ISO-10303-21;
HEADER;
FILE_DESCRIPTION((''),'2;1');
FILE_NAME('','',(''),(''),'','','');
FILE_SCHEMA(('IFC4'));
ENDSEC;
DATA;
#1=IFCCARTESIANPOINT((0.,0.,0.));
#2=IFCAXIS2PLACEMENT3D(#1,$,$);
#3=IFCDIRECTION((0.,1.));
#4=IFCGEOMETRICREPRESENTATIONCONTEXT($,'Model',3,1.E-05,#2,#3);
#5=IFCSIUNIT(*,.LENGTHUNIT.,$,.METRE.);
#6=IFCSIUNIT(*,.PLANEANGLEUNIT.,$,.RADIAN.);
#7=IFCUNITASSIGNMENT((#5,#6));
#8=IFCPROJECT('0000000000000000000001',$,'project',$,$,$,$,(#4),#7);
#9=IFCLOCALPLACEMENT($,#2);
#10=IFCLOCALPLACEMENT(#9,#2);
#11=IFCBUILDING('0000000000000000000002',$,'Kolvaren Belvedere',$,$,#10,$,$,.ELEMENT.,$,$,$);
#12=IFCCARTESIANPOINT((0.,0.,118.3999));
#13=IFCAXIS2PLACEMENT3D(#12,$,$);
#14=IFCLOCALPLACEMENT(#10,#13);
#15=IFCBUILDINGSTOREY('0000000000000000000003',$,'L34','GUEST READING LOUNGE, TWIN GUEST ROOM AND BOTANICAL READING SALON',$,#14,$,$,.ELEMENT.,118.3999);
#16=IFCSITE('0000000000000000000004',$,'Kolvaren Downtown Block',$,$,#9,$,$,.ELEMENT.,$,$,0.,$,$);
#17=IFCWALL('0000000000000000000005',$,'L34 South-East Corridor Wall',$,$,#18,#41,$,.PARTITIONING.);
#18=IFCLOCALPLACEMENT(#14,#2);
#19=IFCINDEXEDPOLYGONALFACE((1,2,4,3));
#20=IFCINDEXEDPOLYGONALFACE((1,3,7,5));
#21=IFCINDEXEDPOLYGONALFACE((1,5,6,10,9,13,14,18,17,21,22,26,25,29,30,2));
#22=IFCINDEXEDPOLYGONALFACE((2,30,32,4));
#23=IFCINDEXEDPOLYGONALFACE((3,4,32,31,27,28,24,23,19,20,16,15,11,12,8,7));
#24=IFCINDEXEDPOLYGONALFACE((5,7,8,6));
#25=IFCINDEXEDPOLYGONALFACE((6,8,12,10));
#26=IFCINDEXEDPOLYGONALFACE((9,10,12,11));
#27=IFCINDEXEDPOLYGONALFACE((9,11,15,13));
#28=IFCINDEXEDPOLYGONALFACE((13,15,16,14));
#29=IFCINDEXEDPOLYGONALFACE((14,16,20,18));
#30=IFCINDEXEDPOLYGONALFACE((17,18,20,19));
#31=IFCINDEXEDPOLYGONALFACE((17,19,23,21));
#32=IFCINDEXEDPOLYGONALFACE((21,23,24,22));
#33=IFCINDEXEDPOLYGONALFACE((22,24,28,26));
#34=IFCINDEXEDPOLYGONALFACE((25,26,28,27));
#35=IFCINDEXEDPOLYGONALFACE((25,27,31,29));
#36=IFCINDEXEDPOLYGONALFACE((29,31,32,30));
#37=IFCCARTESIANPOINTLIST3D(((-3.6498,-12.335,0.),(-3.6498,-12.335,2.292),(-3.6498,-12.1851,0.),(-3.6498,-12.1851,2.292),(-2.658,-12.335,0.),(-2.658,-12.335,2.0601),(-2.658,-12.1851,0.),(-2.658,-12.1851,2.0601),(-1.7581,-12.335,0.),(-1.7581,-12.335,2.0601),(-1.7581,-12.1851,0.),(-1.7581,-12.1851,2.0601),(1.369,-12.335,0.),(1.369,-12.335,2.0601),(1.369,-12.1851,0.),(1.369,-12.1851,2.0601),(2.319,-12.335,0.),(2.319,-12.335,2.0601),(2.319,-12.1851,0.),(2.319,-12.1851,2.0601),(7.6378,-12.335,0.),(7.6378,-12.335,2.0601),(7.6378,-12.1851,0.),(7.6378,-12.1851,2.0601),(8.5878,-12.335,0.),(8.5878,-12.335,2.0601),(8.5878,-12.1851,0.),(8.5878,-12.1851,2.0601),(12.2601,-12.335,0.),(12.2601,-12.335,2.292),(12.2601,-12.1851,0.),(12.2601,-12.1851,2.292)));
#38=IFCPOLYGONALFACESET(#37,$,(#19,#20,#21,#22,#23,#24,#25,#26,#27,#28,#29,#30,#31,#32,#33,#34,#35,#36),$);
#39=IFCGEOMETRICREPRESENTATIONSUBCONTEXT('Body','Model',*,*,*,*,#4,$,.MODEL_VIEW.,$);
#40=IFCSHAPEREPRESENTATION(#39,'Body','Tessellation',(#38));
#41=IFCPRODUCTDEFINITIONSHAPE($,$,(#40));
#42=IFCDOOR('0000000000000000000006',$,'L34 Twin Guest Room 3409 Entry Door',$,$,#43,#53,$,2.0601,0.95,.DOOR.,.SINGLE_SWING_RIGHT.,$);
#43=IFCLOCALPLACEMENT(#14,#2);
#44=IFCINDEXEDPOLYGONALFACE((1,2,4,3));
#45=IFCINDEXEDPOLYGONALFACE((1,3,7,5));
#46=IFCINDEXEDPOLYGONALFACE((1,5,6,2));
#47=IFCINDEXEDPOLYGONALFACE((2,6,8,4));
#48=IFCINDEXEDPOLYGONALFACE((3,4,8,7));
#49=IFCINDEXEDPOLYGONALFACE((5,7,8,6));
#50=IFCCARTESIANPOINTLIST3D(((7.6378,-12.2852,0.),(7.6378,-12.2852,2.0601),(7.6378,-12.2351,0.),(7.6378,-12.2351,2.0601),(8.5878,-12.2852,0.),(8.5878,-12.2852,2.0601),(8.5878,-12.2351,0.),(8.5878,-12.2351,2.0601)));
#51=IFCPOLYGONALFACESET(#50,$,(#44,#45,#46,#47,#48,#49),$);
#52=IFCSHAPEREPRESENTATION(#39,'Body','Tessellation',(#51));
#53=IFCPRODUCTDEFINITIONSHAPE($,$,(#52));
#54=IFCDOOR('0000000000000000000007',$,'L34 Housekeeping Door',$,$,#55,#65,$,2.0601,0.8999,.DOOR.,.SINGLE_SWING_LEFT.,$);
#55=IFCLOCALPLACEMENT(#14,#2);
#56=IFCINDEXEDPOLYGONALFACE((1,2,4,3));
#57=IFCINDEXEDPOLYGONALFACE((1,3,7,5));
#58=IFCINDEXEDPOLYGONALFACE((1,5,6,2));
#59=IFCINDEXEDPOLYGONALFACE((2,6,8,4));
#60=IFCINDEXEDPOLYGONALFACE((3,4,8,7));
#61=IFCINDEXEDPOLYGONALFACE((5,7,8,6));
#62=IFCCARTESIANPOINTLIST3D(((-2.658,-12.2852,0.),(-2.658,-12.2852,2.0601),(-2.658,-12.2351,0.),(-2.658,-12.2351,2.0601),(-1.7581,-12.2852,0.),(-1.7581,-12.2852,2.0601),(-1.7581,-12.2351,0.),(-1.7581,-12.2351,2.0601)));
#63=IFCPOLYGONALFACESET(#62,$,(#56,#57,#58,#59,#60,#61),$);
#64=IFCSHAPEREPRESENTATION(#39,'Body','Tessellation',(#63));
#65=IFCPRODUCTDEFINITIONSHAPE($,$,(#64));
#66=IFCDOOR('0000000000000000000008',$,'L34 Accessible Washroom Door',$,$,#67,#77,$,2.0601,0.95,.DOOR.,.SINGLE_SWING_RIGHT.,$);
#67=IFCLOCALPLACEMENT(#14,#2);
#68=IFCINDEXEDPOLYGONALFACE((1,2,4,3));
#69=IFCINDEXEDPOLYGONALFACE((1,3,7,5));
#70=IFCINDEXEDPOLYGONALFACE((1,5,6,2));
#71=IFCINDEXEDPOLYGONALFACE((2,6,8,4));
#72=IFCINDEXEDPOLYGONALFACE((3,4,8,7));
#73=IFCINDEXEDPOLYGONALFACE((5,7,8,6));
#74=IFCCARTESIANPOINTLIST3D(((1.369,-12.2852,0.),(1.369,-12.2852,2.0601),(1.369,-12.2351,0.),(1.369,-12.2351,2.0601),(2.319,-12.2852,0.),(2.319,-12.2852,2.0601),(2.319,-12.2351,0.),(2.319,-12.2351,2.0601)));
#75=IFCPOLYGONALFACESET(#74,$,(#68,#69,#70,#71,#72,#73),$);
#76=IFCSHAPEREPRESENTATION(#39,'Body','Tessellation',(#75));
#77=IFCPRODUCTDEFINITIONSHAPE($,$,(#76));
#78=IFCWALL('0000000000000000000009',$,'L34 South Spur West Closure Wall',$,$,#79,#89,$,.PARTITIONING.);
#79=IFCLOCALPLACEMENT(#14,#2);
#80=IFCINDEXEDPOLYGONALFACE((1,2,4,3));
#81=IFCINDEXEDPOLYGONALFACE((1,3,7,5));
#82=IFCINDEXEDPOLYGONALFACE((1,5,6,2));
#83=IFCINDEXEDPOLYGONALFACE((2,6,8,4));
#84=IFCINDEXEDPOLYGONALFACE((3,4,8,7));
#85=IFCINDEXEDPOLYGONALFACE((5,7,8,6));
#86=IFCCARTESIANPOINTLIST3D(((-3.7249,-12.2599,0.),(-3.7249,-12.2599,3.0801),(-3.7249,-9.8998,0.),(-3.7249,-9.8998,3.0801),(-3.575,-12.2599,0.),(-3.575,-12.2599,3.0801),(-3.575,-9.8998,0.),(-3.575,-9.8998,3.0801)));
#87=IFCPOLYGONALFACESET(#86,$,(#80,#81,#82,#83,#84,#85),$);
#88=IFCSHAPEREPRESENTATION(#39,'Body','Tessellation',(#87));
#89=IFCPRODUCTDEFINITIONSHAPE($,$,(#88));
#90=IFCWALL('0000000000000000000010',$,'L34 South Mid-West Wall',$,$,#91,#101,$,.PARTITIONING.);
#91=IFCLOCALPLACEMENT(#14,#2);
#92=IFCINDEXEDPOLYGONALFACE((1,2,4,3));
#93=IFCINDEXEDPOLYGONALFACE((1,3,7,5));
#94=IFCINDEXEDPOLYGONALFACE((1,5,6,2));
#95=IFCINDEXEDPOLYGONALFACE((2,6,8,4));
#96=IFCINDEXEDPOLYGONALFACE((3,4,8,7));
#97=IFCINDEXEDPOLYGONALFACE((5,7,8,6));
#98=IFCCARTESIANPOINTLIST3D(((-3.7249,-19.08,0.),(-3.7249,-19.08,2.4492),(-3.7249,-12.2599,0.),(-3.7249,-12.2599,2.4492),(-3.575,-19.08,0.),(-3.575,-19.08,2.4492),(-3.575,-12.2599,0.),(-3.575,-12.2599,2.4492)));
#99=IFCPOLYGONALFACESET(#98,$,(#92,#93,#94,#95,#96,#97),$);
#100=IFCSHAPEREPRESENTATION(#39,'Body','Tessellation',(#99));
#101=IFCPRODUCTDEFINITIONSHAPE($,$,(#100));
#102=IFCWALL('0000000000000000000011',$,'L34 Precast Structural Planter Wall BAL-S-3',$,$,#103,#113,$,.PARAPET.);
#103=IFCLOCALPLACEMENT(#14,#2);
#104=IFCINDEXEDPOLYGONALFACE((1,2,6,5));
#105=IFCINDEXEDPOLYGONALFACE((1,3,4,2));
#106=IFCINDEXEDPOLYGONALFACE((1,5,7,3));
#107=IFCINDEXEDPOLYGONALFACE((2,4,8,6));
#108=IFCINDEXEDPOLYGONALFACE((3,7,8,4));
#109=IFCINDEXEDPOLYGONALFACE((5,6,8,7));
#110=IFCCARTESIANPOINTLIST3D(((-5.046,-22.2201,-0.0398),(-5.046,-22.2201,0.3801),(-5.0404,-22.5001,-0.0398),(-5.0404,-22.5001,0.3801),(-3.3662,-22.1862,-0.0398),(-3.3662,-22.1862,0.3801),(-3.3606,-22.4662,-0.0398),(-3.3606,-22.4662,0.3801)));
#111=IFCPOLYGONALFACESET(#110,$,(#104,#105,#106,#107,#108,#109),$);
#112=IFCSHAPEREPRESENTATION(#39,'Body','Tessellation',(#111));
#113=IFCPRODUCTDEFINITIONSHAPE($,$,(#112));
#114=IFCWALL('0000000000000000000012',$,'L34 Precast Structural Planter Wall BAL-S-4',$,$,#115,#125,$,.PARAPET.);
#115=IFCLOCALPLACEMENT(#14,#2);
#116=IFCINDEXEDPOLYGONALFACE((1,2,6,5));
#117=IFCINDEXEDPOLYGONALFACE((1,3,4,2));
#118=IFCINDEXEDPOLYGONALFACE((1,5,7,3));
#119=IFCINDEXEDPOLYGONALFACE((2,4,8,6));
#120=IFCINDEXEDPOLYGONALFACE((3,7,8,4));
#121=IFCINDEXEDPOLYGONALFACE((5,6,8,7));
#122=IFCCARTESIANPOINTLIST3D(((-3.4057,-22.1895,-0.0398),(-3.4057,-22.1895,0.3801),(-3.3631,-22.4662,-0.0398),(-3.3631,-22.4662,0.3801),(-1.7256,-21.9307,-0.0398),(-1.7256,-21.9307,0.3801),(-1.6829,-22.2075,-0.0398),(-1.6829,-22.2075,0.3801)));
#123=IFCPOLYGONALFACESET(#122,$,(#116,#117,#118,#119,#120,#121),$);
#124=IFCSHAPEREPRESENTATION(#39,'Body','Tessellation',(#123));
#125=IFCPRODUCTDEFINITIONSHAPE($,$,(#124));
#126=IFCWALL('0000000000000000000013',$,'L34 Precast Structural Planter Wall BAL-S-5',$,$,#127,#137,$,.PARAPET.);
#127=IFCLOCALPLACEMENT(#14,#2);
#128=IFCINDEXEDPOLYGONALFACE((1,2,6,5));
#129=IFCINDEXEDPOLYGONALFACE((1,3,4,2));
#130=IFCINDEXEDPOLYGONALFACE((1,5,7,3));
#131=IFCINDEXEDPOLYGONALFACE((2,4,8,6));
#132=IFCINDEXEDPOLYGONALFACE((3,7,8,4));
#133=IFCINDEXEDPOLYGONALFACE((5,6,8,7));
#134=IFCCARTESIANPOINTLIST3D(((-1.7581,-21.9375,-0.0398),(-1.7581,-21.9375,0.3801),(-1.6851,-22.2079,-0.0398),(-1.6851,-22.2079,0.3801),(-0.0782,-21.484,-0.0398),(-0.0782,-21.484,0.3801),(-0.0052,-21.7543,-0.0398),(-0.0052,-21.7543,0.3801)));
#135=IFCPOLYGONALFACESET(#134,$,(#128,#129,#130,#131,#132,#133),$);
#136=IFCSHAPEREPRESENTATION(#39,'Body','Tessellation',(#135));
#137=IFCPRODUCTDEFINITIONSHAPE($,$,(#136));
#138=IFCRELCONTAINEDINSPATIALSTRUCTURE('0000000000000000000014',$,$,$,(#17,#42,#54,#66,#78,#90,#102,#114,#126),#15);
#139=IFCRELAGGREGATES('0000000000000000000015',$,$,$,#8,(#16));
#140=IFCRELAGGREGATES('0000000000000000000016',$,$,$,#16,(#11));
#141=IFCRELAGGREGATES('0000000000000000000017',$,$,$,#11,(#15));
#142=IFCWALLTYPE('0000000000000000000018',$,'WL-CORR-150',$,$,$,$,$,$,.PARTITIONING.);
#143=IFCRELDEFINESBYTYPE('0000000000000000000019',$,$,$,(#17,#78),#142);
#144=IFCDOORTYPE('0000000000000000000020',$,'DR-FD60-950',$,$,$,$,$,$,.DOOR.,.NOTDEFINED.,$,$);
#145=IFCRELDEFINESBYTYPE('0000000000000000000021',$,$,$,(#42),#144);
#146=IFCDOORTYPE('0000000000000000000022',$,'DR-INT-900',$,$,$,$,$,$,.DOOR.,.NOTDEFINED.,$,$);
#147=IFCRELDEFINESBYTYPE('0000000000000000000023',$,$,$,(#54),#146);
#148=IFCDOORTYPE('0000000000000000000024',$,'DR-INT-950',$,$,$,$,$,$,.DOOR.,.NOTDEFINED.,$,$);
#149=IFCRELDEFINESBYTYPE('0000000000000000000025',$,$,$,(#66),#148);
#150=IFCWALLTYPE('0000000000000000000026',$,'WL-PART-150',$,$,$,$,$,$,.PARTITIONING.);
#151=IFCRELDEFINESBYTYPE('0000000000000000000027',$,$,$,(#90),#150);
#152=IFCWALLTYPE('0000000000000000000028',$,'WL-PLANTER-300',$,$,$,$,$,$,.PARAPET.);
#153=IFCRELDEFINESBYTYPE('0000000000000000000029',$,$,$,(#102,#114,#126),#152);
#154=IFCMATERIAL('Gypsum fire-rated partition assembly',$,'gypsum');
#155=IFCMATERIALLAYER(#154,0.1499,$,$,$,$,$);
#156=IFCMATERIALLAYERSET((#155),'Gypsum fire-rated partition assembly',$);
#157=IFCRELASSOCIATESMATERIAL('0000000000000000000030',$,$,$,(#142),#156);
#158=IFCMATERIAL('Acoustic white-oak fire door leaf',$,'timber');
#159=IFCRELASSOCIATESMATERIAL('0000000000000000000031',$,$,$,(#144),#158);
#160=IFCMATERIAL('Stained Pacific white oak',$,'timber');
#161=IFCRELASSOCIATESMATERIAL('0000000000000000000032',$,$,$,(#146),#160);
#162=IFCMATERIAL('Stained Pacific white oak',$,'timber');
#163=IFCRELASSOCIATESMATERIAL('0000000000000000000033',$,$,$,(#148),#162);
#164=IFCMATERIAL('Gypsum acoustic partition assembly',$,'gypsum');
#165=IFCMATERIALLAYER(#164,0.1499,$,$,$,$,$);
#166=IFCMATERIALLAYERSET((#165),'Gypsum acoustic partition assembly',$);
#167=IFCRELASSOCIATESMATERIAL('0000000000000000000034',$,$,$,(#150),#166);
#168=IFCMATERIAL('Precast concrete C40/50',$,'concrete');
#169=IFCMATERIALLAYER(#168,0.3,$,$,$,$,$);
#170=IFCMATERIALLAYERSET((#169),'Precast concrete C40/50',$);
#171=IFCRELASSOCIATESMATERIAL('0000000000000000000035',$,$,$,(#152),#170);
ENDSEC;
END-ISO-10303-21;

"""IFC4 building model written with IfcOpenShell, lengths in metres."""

from ifc_helpers import new_model, si_unit, direction, frame, frame_2d, origin, place, context, subcontext, project, spatial, rectangle, extrude, material, layer, layer_set, type_object, element, fill, save


model = new_model("IFC4")

# Units and contexts
model_context = context("Model", 3, precision=1e-05, world=origin(), true_north=direction((0.0, 1.0)))
body_context = subcontext(model_context, "Body", "Model", "MODEL_VIEW")
ifc_project = project(units=[si_unit("LENGTHUNIT", "METRE"), si_unit("PLANEANGLEUNIT", "RADIAN")], contexts=[model_context])

# Site, building, storey
site_placement = place(None, origin())
site = spatial("IfcSite", under=ifc_project, at=site_placement, Name="Kolvaren Downtown Block", CompositionType="ELEMENT", RefElevation=0.0)
building_placement = place(site_placement, origin())
building = spatial("IfcBuilding", under=site, at=building_placement, Name="Kolvaren Belvedere", CompositionType="ELEMENT")
storey_placement = place(building_placement, frame((0.0, 0.0, 118.3999)))
storey = spatial("IfcBuildingStorey", under=building, at=storey_placement, Name="L34", Description="GUEST READING LOUNGE, TWIN GUEST ROOM AND BOTANICAL READING SALON", CompositionType="ELEMENT", Elevation=118.3999)

# Wall, openings, doors
ifc_material_1 = material(Name="Gypsum fire-rated partition assembly", Category="gypsum")
ifc_layer_1 = layer(ifc_material_1, 0.1499)
ifc_layer_set_1 = layer_set([ifc_layer_1], Name="Gypsum fire-rated partition assembly")
wall_type_1 = type_object("IfcWallType", Name="WL-CORR-150", PredefinedType="PARTITIONING", material=ifc_layer_set_1)
wall_1_placement = place(storey_placement, frame((-3.6499, -12.26, 0.0), z_axis=(0.0, 0.0, 1.0), x_axis=(1.0, 0.0, 0.0)))
wall_1 = element("IfcWall", 1, at=wall_1_placement, inside=storey, type_object=wall_type_1, Name="L34 South-East Corridor Wall", PredefinedType="PARTITIONING", context=body_context, shape_type="SweptSolid", body=[
    extrude(rectangle(XDim=15.9099, YDim=0.1499, at=frame_2d((7.9551, 0.0))), origin(), (0.0, 0.0, 1.0), 2.292),
])
opening_1_placement = place(wall_1_placement, frame((0.9919, 0.0, 0.0)))
opening_1 = element("IfcOpeningElement", 2, at=opening_1_placement, cuts=wall_1, PredefinedType="OPENING", context=body_context, shape_type="SweptSolid", body=[
    extrude(rectangle(XDim=0.8999, YDim=2.0601, at=frame_2d((0.45, 1.03))), frame((0.0, 0.085, 0.0), z_axis=(0.0, -1.0, 0.0), x_axis=(1.0, 0.0, 0.0)), (0.0, 0.0, 1.0), 0.1699),
])
opening_2_placement = place(wall_1_placement, frame((5.0188, 0.0, 0.0)))
opening_2 = element("IfcOpeningElement", 3, at=opening_2_placement, cuts=wall_1, PredefinedType="OPENING", context=body_context, shape_type="SweptSolid", body=[
    extrude(rectangle(XDim=0.95, YDim=2.0601, at=frame_2d((0.4751, 1.03))), frame((0.0, 0.085, 0.0), z_axis=(0.0, -1.0, 0.0), x_axis=(1.0, 0.0, 0.0)), (0.0, 0.0, 1.0), 0.1699),
])
opening_3_placement = place(wall_1_placement, frame((11.2876, 0.0, 0.0)))
opening_3 = element("IfcOpeningElement", 4, at=opening_3_placement, cuts=wall_1, PredefinedType="OPENING", context=body_context, shape_type="SweptSolid", body=[
    extrude(rectangle(XDim=0.95, YDim=2.0601, at=frame_2d((0.4751, 1.03))), frame((0.0, 0.085, 0.0), z_axis=(0.0, -1.0, 0.0), x_axis=(1.0, 0.0, 0.0)), (0.0, 0.0, 1.0), 0.1699),
])
ifc_material_2 = material(Name="Acoustic white-oak fire door leaf", Category="timber")
door_type_1 = type_object("IfcDoorType", Name="DR-FD60-950", OperationType="NOTDEFINED", PredefinedType="DOOR", material=ifc_material_2)
door_1_placement = place(opening_3_placement, origin())
door_1 = element("IfcDoor", 5, at=door_1_placement, inside=storey, type_object=door_type_1, Name="L34 Twin Guest Room 3409 Entry Door", OperationType="SINGLE_SWING_RIGHT", OverallHeight=2.0601, OverallWidth=0.95, PredefinedType="DOOR", context=body_context, shape_type="SweptSolid", body=[
    extrude(rectangle(XDim=0.95, YDim=2.0601, at=frame_2d((0.4751, 1.03))), frame((0.0, 0.0249, 0.0), z_axis=(0.0, -1.0, 0.0), x_axis=(1.0, 0.0, 0.0)), (0.0, 0.0, 1.0), 0.05),
])
fill(opening_3, door_1)
ifc_material_3 = material(Name="Stained Pacific white oak", Category="timber")
door_type_2 = type_object("IfcDoorType", Name="DR-INT-900", OperationType="NOTDEFINED", PredefinedType="DOOR", material=ifc_material_3)
door_2_placement = place(opening_1_placement, origin())
door_2 = element("IfcDoor", 6, at=door_2_placement, inside=storey, type_object=door_type_2, Name="L34 Housekeeping Door", OperationType="SINGLE_SWING_LEFT", OverallHeight=2.0601, OverallWidth=0.8999, PredefinedType="DOOR", context=body_context, shape_type="SweptSolid", body=[
    extrude(rectangle(XDim=0.8999, YDim=2.0601, at=frame_2d((0.45, 1.03))), frame((0.0, 0.0249, 0.0), z_axis=(0.0, -1.0, 0.0), x_axis=(1.0, 0.0, 0.0)), (0.0, 0.0, 1.0), 0.05),
])
fill(opening_1, door_2)
ifc_material_4 = material(Name="Stained Pacific white oak", Category="timber")
door_type_3 = type_object("IfcDoorType", Name="DR-INT-950", OperationType="NOTDEFINED", PredefinedType="DOOR", material=ifc_material_4)
door_3_placement = place(opening_2_placement, origin())
door_3 = element("IfcDoor", 7, at=door_3_placement, inside=storey, type_object=door_type_3, Name="L34 Accessible Washroom Door", OperationType="SINGLE_SWING_RIGHT", OverallHeight=2.0601, OverallWidth=0.95, PredefinedType="DOOR", context=body_context, shape_type="SweptSolid", body=[
    extrude(rectangle(XDim=0.95, YDim=2.0601, at=frame_2d((0.4751, 1.03))), frame((0.0, 0.0249, 0.0), z_axis=(0.0, -1.0, 0.0), x_axis=(1.0, 0.0, 0.0)), (0.0, 0.0, 1.0), 0.05),
])
fill(opening_2, door_3)

# Walls
wall_2_placement = place(storey_placement, frame((-3.6499, -12.26, 0.0), z_axis=(0.0, 0.0, 1.0), x_axis=(0.0, 1.0, 0.0)))
element("IfcWall", 8, at=wall_2_placement, inside=storey, type_object=wall_type_1, Name="L34 South Spur West Closure Wall", PredefinedType="PARTITIONING", context=body_context, shape_type="SweptSolid", body=[
    extrude(rectangle(XDim=2.3601, YDim=0.1499, at=frame_2d((1.1802, 0.0))), origin(), (0.0, 0.0, 1.0), 3.0801),
])
ifc_material_5 = material(Name="Gypsum acoustic partition assembly", Category="gypsum")
ifc_layer_2 = layer(ifc_material_5, 0.1499)
ifc_layer_set_2 = layer_set([ifc_layer_2], Name="Gypsum acoustic partition assembly")
wall_type_2 = type_object("IfcWallType", Name="WL-PART-150", PredefinedType="PARTITIONING", material=ifc_layer_set_2)
wall_3_placement = place(storey_placement, frame((-3.6499, -19.0801, 0.0), z_axis=(0.0, 0.0, 1.0), x_axis=(0.0, 1.0, 0.0)))
element("IfcWall", 9, at=wall_3_placement, inside=storey, type_object=wall_type_2, Name="L34 South Mid-West Wall", PredefinedType="PARTITIONING", context=body_context, shape_type="SweptSolid", body=[
    extrude(rectangle(XDim=6.8201, YDim=0.1499, at=frame_2d((3.4102, 0.0))), origin(), (0.0, 0.0, 1.0), 2.4492),
])
ifc_material_6 = material(Name="Precast concrete C40/50", Category="concrete")
ifc_layer_3 = layer(ifc_material_6, 0.3)
ifc_layer_set_3 = layer_set([ifc_layer_3], Name="Precast concrete C40/50")
wall_type_3 = type_object("IfcWallType", Name="WL-PLANTER-300", PredefinedType="PARAPET", material=ifc_layer_set_3)
wall_4_placement = place(storey_placement, frame((-5.0432, -22.3601, -0.0398), z_axis=(0.0, 0.0, 1.0), x_axis=(0.999796, 0.020196, 0.0)))
element("IfcWall", 10, at=wall_4_placement, inside=storey, type_object=wall_type_3, Name="L34 Precast Structural Planter Wall BAL-S-3", PredefinedType="PARAPET", context=body_context, shape_type="SweptSolid", body=[
    extrude(rectangle(XDim=1.6802, YDim=0.28, at=frame_2d((0.8401, 0.0))), origin(), (0.0, 0.0, 1.0), 0.4199),
])
wall_5_placement = place(storey_placement, frame((-3.3845, -22.3279, -0.0398), z_axis=(0.0, 0.0, 1.0), x_axis=(0.988345, 0.15223, 0.0)))
element("IfcWall", 11, at=wall_5_placement, inside=storey, type_object=wall_type_3, Name="L34 Precast Structural Planter Wall BAL-S-4", PredefinedType="PARAPET", context=body_context, shape_type="SweptSolid", body=[
    extrude(rectangle(XDim=1.7, YDim=0.28, at=frame_2d((0.8501, 0.0))), origin(), (0.0, 0.0, 1.0), 0.4199),
])
wall_6_placement = place(storey_placement, frame((-1.7217, -22.0728, -0.0398), z_axis=(0.0, 0.0, 1.0), x_axis=(0.965424, 0.260683, 0.0)))
element("IfcWall", 12, at=wall_6_placement, inside=storey, type_object=wall_type_3, Name="L34 Precast Structural Planter Wall BAL-S-5", PredefinedType="PARAPET", context=body_context, shape_type="SweptSolid", body=[
    extrude(rectangle(XDim=1.74, YDim=0.28, at=frame_2d((0.8701, 0.0))), origin(), (0.0, 0.0, 1.0), 0.4199),
])

save(model, "model.ifc")
